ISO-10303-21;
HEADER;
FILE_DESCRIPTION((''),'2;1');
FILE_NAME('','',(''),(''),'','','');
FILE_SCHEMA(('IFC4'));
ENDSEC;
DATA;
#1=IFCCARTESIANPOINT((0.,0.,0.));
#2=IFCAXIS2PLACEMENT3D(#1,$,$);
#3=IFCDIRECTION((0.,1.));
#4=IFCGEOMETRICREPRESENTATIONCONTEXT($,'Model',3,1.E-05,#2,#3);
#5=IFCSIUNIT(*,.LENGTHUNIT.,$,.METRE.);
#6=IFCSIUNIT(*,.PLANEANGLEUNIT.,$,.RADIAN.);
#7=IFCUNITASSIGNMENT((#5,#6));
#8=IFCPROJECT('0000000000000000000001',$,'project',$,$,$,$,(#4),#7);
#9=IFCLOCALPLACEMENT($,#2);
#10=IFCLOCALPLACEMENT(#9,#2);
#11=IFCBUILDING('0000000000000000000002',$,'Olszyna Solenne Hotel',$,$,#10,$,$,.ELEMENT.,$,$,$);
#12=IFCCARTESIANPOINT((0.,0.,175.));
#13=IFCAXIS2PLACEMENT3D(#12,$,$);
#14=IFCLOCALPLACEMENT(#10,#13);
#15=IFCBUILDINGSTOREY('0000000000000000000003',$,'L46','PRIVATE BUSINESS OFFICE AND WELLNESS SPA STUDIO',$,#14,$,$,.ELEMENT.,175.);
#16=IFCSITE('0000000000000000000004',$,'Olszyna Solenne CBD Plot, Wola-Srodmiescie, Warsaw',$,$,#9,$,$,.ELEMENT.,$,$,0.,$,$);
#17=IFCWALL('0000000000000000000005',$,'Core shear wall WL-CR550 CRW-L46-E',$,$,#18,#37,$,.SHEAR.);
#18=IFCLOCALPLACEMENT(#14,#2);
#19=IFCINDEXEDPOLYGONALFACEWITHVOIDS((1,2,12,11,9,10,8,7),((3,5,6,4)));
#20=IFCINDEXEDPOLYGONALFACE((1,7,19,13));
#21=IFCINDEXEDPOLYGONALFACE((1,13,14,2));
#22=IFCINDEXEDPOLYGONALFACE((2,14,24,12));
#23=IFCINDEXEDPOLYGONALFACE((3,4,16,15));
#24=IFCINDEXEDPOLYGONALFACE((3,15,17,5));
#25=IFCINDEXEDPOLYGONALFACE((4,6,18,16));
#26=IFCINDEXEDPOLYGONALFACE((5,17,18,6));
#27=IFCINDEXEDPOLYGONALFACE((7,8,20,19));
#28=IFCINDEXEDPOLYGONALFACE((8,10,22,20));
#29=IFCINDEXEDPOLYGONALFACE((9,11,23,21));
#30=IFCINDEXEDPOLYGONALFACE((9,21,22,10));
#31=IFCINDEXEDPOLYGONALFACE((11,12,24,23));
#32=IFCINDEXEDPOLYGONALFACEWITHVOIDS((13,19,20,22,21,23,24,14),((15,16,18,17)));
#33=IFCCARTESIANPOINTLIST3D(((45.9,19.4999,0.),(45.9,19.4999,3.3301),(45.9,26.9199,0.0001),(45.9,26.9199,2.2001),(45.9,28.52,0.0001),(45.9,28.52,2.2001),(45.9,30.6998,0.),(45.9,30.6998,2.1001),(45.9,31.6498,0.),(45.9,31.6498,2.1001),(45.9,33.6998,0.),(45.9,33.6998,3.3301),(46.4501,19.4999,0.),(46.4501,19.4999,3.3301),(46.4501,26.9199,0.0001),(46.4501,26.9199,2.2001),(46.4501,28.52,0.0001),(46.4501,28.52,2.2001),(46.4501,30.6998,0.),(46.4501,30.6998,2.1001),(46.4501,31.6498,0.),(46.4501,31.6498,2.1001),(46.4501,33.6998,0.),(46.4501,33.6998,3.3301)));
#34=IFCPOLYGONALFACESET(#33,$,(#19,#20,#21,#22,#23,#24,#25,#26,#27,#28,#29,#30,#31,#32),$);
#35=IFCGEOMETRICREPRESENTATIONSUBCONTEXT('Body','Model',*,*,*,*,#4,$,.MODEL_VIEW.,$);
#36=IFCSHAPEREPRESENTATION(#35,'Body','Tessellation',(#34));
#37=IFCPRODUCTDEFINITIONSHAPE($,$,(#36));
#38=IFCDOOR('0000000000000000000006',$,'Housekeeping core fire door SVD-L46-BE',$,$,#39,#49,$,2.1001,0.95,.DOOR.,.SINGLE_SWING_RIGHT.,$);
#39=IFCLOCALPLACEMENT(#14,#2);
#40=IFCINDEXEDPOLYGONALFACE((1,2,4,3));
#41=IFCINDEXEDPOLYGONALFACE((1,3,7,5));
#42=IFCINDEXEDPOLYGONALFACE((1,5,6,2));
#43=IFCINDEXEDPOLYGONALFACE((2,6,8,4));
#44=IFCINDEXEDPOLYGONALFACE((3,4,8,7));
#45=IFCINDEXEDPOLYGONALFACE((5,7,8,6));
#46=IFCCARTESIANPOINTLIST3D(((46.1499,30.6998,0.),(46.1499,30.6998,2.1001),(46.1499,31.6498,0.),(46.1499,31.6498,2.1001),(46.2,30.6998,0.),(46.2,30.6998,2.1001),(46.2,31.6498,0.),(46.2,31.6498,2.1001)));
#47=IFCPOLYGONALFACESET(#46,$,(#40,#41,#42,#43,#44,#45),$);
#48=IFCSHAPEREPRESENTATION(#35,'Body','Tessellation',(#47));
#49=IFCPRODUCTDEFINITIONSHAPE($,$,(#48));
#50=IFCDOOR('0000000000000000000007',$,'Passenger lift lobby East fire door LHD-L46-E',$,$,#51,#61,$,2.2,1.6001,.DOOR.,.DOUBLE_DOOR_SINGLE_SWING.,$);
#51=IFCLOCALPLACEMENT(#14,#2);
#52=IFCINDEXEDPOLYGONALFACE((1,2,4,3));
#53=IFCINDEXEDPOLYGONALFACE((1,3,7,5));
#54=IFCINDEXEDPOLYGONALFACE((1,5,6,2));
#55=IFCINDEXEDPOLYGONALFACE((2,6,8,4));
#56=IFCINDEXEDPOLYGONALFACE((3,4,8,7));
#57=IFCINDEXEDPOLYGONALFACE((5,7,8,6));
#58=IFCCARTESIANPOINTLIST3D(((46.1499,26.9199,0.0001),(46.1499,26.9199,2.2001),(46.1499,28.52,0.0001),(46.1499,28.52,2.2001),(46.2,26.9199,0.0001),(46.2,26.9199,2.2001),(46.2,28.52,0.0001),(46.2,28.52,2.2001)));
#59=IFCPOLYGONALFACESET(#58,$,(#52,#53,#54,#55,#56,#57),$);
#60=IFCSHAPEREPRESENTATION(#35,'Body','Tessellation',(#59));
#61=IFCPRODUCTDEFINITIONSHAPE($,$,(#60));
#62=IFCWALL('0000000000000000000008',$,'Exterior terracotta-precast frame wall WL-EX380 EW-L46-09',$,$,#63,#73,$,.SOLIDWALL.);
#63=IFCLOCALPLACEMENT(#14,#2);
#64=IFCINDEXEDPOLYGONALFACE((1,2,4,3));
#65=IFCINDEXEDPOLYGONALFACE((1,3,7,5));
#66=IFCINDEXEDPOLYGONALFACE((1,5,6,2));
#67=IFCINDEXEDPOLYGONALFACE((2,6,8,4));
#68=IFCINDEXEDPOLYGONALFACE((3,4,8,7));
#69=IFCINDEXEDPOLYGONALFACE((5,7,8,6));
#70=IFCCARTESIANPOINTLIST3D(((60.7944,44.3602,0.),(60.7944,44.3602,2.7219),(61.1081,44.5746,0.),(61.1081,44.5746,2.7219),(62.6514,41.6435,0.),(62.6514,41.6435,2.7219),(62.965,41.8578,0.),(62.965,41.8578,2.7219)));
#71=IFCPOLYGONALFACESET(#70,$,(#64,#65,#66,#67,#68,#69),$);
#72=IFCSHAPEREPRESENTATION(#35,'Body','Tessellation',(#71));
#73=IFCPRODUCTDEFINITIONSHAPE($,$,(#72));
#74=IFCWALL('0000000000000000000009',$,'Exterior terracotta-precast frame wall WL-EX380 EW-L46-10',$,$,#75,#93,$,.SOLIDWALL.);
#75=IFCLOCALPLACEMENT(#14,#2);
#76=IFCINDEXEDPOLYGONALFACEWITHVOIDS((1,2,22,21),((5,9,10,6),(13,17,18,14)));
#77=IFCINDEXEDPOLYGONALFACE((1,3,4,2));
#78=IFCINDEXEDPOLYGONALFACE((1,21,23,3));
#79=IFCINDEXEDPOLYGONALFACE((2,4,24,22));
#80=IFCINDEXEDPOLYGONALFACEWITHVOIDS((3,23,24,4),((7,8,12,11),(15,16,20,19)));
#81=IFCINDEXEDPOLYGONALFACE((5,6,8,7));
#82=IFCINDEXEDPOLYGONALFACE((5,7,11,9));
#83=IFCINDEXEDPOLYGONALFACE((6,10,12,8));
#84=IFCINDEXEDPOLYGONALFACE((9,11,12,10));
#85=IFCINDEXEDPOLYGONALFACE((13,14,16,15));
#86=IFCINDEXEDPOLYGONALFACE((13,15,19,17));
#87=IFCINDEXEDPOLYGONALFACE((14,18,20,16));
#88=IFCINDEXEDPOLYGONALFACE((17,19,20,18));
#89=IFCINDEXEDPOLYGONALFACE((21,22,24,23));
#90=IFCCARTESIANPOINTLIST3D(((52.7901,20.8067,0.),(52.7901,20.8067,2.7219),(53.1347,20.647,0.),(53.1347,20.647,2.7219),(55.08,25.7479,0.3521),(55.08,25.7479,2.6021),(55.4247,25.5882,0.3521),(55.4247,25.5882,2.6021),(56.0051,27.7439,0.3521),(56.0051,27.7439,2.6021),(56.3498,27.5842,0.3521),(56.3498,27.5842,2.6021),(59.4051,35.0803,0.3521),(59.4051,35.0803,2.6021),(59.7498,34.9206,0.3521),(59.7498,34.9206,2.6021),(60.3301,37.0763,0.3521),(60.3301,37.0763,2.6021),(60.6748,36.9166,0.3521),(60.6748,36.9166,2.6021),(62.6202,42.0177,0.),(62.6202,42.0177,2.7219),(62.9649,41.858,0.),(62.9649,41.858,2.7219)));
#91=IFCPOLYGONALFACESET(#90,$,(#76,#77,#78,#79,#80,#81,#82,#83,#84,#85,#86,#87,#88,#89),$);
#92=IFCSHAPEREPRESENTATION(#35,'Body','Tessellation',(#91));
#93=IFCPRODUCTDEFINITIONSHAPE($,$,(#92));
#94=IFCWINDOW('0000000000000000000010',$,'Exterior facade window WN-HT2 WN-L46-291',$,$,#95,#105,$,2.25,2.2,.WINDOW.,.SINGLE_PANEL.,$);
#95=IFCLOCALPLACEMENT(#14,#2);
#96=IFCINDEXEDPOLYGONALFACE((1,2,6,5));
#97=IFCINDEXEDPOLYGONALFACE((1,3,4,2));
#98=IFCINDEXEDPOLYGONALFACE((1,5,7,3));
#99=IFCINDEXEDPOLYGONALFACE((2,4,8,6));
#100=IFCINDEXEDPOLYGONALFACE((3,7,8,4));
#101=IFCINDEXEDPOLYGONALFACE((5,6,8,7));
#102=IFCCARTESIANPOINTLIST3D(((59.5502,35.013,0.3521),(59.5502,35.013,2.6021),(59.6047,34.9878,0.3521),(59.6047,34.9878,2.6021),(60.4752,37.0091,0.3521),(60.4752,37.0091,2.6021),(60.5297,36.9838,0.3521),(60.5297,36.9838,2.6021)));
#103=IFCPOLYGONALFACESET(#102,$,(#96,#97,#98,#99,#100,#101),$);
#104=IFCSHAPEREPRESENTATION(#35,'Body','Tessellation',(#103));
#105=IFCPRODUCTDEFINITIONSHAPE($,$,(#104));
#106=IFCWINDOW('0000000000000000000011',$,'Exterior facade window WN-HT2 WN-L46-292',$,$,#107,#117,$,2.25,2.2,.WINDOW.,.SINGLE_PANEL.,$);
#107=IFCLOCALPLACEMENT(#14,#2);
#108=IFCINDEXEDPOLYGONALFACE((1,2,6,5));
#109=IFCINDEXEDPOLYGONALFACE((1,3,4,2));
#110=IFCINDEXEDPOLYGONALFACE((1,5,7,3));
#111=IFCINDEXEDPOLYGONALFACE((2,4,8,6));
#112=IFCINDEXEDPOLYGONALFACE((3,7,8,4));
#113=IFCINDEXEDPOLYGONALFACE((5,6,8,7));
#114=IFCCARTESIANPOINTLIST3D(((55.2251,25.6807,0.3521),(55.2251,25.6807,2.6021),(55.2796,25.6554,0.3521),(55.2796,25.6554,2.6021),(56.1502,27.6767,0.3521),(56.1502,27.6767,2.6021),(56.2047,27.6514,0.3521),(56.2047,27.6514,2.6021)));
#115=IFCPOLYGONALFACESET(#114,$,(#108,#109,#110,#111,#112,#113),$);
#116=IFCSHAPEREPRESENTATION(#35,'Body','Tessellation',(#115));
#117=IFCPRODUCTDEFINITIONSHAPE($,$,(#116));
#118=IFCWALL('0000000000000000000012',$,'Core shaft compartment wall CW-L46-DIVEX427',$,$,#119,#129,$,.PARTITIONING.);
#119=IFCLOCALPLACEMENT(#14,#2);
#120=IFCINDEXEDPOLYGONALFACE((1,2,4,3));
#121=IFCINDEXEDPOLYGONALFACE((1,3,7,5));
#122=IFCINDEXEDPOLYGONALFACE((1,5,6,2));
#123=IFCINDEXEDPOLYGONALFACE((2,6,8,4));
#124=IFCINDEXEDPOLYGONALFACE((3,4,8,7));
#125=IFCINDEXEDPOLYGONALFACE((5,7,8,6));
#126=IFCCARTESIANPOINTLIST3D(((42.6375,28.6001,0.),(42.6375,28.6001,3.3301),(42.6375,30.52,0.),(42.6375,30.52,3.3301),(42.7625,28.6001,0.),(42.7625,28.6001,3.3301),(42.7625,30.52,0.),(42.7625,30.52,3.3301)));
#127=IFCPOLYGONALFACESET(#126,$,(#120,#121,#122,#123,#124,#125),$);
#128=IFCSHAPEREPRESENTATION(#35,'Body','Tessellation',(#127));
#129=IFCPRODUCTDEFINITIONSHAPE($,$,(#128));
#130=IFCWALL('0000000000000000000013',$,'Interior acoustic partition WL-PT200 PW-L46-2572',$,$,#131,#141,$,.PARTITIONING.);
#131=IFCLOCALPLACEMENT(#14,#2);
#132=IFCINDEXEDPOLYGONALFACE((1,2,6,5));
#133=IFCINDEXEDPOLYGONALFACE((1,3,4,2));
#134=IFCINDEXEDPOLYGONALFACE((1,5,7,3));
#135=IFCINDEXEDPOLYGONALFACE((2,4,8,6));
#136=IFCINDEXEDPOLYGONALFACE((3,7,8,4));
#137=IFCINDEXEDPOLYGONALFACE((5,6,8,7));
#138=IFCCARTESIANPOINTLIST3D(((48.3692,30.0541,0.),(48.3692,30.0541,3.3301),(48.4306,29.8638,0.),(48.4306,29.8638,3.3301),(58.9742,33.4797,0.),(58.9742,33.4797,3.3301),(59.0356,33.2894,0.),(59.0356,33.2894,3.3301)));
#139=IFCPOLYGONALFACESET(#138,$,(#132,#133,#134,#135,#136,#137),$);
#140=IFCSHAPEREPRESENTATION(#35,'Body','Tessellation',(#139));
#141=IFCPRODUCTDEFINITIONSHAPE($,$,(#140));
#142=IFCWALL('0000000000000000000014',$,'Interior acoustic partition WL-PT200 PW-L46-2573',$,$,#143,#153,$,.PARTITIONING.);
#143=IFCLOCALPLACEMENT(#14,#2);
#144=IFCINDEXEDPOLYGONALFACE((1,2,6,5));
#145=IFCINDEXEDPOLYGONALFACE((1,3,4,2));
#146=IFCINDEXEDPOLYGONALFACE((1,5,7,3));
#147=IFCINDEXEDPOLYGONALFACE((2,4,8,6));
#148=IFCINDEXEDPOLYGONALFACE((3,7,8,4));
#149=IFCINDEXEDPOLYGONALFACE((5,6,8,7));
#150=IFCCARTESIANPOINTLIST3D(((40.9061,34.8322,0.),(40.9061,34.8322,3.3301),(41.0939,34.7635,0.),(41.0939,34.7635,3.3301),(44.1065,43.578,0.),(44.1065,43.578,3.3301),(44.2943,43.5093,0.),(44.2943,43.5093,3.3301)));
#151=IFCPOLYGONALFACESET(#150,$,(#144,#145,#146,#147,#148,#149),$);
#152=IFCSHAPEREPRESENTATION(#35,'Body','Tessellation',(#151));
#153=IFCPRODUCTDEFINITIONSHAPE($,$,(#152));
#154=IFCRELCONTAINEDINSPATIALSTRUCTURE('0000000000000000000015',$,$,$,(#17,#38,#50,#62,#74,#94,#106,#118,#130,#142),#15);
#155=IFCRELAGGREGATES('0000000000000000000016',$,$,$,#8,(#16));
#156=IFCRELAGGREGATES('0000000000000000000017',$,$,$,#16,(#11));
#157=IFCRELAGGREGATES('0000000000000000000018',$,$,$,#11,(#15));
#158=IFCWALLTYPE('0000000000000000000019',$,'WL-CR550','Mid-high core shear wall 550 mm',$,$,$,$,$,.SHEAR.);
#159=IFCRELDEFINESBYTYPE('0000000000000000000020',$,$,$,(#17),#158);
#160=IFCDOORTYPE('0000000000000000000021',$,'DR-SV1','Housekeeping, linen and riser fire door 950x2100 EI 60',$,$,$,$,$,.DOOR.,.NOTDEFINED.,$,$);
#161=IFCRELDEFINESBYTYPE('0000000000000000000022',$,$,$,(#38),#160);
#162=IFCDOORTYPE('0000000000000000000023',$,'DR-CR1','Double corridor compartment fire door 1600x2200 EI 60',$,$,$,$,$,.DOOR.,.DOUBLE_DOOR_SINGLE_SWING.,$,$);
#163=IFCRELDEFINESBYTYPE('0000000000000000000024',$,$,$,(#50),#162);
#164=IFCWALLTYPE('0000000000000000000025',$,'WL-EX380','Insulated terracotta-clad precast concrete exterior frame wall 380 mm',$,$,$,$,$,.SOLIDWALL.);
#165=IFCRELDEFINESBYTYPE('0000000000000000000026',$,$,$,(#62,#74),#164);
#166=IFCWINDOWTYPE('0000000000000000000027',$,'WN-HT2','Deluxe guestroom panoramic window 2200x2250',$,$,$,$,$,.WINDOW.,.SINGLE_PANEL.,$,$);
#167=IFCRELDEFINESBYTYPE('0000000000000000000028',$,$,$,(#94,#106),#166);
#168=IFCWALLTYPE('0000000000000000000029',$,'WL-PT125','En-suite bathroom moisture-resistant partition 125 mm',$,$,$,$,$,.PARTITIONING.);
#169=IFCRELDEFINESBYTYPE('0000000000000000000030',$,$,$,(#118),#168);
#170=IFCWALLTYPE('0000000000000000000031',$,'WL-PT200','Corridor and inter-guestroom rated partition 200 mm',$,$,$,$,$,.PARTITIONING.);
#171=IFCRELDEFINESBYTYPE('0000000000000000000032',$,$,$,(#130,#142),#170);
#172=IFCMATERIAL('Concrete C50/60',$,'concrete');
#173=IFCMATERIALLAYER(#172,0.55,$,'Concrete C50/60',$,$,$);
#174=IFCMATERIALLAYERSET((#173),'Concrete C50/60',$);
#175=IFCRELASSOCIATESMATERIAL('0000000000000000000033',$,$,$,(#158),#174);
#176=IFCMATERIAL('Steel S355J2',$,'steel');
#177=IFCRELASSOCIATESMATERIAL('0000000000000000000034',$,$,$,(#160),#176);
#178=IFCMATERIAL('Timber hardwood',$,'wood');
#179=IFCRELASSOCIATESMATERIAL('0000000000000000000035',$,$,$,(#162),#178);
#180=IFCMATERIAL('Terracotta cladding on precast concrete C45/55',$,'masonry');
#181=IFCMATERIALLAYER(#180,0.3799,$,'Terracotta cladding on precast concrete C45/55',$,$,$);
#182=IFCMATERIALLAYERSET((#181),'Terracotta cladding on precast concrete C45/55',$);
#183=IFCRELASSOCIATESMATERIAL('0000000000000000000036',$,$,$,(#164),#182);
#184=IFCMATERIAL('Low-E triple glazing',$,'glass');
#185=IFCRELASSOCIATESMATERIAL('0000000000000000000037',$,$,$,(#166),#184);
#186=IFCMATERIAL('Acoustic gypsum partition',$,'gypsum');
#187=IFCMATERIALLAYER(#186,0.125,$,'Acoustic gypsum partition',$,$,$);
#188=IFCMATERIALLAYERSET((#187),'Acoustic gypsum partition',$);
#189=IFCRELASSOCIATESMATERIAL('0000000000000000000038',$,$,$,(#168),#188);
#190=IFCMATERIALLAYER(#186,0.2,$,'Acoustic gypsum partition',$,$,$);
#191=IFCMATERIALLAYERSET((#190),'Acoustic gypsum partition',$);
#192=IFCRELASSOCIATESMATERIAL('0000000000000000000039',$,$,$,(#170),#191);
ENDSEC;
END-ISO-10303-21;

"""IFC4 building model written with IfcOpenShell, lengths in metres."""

from ifc_helpers import new_model, si_unit, direction, frame, frame_2d, origin, place, context, subcontext, project, spatial, rectangle, extrude, source, transform, mapped, material, layer, layer_set, type_object, type_shapes, element, fill, save


model = new_model("IFC4")

# Units and contexts
model_context = context("Model", 3, precision=1e-05, world=origin(), true_north=direction((0.0, 1.0)))
body_context = subcontext(model_context, "Body", "Model", "MODEL_VIEW")
ifc_project = project(units=[si_unit("LENGTHUNIT", "METRE"), si_unit("PLANEANGLEUNIT", "RADIAN")], contexts=[model_context])

# Site, building, storey
site_placement = place(None, origin())
site = spatial("IfcSite", under=ifc_project, at=site_placement, Name="Olszyna Solenne CBD Plot, Wola-Srodmiescie, Warsaw", CompositionType="ELEMENT", RefElevation=0.0)
building_placement = place(site_placement, origin())
building = spatial("IfcBuilding", under=site, at=building_placement, Name="Olszyna Solenne Hotel", CompositionType="ELEMENT")
storey_placement = place(building_placement, frame((0.0, 0.0, 175.0)))
storey = spatial("IfcBuildingStorey", under=building, at=storey_placement, Name="L46", Description="PRIVATE BUSINESS OFFICE AND WELLNESS SPA STUDIO", CompositionType="ELEMENT", Elevation=175.0)

# Shared definitions
ifc_material_1 = material(Name="Steel S355J2", Category="steel")

# Wall, openings, doors
ifc_material_2 = material(Name="Concrete C50/60", Category="concrete")
ifc_layer_1 = layer(ifc_material_2, 0.55, Name="Concrete C50/60")
ifc_layer_set_1 = layer_set([ifc_layer_1], Name="Concrete C50/60")
wall_type_1 = type_object("IfcWallType", Name="WL-CR550", Description="Mid-high core shear wall 550 mm", PredefinedType="SHEAR", material=ifc_layer_set_1)
wall_1_placement = place(storey_placement, frame((46.175, 33.7, 0.0), z_axis=(0.0, 0.0, 1.0), x_axis=(0.0, -1.0, 0.0)))
wall_1 = element("IfcWall", 1, at=wall_1_placement, inside=storey, type_object=wall_type_1, Name="Core shear wall WL-CR550 CRW-L46-E", PredefinedType="SHEAR", context=body_context, shape_type="SweptSolid", body=[
    extrude(rectangle(XDim=14.2, YDim=0.55, at=frame_2d((7.1001, 0.0))), origin(), (0.0, 0.0, 1.0), 3.3301),
])
opening_1_placement = place(wall_1_placement, frame((5.1799, 0.0, 0.0)))
opening_1 = element("IfcOpeningElement", 2, at=opening_1_placement, cuts=wall_1, PredefinedType="OPENING", context=body_context, shape_type="SweptSolid", body=[
    extrude(rectangle(XDim=1.6001, YDim=2.2, at=frame_2d((0.8, 1.1001))), frame((0.0, 0.2852, 0.0), z_axis=(0.0, -1.0, 0.0), x_axis=(1.0, 0.0, 0.0)), (0.0, 0.0, 1.0), 0.5701),
])
opening_2_placement = place(wall_1_placement, frame((2.05, 0.0, 0.0)))
opening_2 = element("IfcOpeningElement", 3, at=opening_2_placement, cuts=wall_1, PredefinedType="OPENING", context=body_context, shape_type="SweptSolid", body=[
    extrude(rectangle(XDim=0.95, YDim=2.1001, at=frame_2d((0.4751, 1.05))), frame((0.0, 0.2852, 0.0), z_axis=(0.0, -1.0, 0.0), x_axis=(1.0, 0.0, 0.0)), (0.0, 0.0, 1.0), 0.5701),
])
door_type_1 = type_object("IfcDoorType", Name="DR-SV1", Description="Housekeeping, linen and riser fire door 950x2100 EI 60", OperationType="NOTDEFINED", PredefinedType="DOOR", material=ifc_material_1)
shared_shape_1 = source(origin(), body_context, "Body", "SweptSolid", [
    extrude(rectangle(XDim=0.95, YDim=2.1001, at=frame_2d((0.4751, 1.05))), frame((0.0, 0.0249, 0.0), z_axis=(0.0, -1.0, 0.0), x_axis=(1.0, 0.0, 0.0)), (0.0, 0.0, 1.0), 0.05),
])
type_shapes(door_type_1, [shared_shape_1])
door_1_placement = place(opening_2_placement, origin())
door_1 = element("IfcDoor", 4, at=door_1_placement, inside=storey, type_object=door_type_1, Name="Housekeeping core fire door SVD-L46-BE", OperationType="SINGLE_SWING_RIGHT", OverallHeight=2.1001, OverallWidth=0.95, PredefinedType="DOOR", context=body_context, shape_type="MappedRepresentation", body=[
    mapped(shared_shape_1, transform((0.0, 0.0, 0.0), x_axis=(1.0, 0.0, 0.0), y_axis=(0.0, 1.0, 0.0), z_axis=(0.0, 0.0, 1.0), scale=1.0)),
])
fill(opening_2, door_1)
ifc_material_3 = material(Name="Timber hardwood", Category="wood")
door_type_2 = type_object("IfcDoorType", Name="DR-CR1", Description="Double corridor compartment fire door 1600x2200 EI 60", OperationType="DOUBLE_DOOR_SINGLE_SWING", PredefinedType="DOOR", material=ifc_material_3)
shared_shape_2 = source(origin(), body_context, "Body", "SweptSolid", [
    extrude(rectangle(XDim=1.6001, YDim=2.2, at=frame_2d((0.8, 1.1001))), frame((0.0, 0.0249, 0.0), z_axis=(0.0, -1.0, 0.0), x_axis=(1.0, 0.0, 0.0)), (0.0, 0.0, 1.0), 0.05),
])
type_shapes(door_type_2, [shared_shape_2])
door_2_placement = place(opening_1_placement, origin())
door_2 = element("IfcDoor", 5, at=door_2_placement, inside=storey, type_object=door_type_2, Name="Passenger lift lobby East fire door LHD-L46-E", OperationType="DOUBLE_DOOR_SINGLE_SWING", OverallHeight=2.2, OverallWidth=1.6001, PredefinedType="DOOR", context=body_context, shape_type="MappedRepresentation", body=[
    mapped(shared_shape_2, transform((0.0, 0.0, 0.0), x_axis=(1.0, 0.0, 0.0), y_axis=(0.0, 1.0, 0.0), z_axis=(0.0, 0.0, 1.0), scale=1.0)),
])
fill(opening_1, door_2)

# Wall
ifc_material_4 = material(Name="Terracotta cladding on precast concrete C45/55", Category="masonry")
ifc_layer_2 = layer(ifc_material_4, 0.3799, Name="Terracotta cladding on precast concrete C45/55")
ifc_layer_set_2 = layer_set([ifc_layer_2], Name="Terracotta cladding on precast concrete C45/55")
wall_type_2 = type_object("IfcWallType", Name="WL-EX380", Description="Insulated terracotta-clad precast concrete exterior frame wall 380 mm", PredefinedType="SOLIDWALL", material=ifc_layer_set_2)
wall_2_placement = place(storey_placement, frame((60.9512, 44.4675, 0.0), z_axis=(0.0, 0.0, 1.0), x_axis=(0.564285, -0.82558, 0.0)))
element("IfcWall", 6, at=wall_2_placement, inside=storey, type_object=wall_type_2, Name="Exterior terracotta-precast frame wall WL-EX380 EW-L46-09", PredefinedType="SOLIDWALL", context=body_context, shape_type="SweptSolid", body=[
    extrude(rectangle(XDim=3.2908, YDim=0.3799, at=frame_2d((1.6455, 0.0))), origin(), (0.0, 0.0, 1.0), 2.7219),
])

# Wall, openings, windows
wall_3_placement = place(storey_placement, frame((62.7925, 41.9377, 0.0), z_axis=(0.0, 0.0, 1.0), x_axis=(-0.420483, -0.907301, 0.0)))
wall_3 = element("IfcWall", 7, at=wall_3_placement, inside=storey, type_object=wall_type_2, Name="Exterior terracotta-precast frame wall WL-EX380 EW-L46-10", PredefinedType="SOLIDWALL", context=body_context, shape_type="SweptSolid", body=[
    extrude(rectangle(XDim=23.3782, YDim=0.3799, at=frame_2d((11.689, 0.0))), origin(), (0.0, 0.0, 1.0), 2.7219),
])
opening_3_placement = place(wall_3_placement, frame((5.446, 0.0, 0.3521)))
opening_3 = element("IfcOpeningElement", 8, at=opening_3_placement, cuts=wall_3, PredefinedType="OPENING", context=body_context, shape_type="SweptSolid", body=[
    extrude(rectangle(XDim=2.2, YDim=2.25, at=frame_2d((1.1001, 1.125))), frame((0.0, 0.2, 0.0), z_axis=(0.0, -1.0, 0.0), x_axis=(1.0, 0.0, 0.0)), (0.0, 0.0, 1.0), 0.3999),
])
opening_4_placement = place(wall_3_placement, frame((15.7319, 0.0, 0.3521)))
opening_4 = element("IfcOpeningElement", 9, at=opening_4_placement, cuts=wall_3, PredefinedType="OPENING", context=body_context, shape_type="SweptSolid", body=[
    extrude(rectangle(XDim=2.2, YDim=2.25, at=frame_2d((1.1001, 1.125))), frame((0.0, 0.2, 0.0), z_axis=(0.0, -1.0, 0.0), x_axis=(1.0, 0.0, 0.0)), (0.0, 0.0, 1.0), 0.3999),
])
ifc_material_5 = material(Name="Low-E triple glazing", Category="glass")
window_type = type_object("IfcWindowType", Name="WN-HT2", Description="Deluxe guestroom panoramic window 2200x2250", PartitioningType="SINGLE_PANEL", PredefinedType="WINDOW", material=ifc_material_5)
shared_shape_3 = source(origin(), body_context, "Body", "SweptSolid", [
    extrude(rectangle(XDim=2.2, YDim=2.25, at=frame_2d((1.1001, 1.125))), frame((0.0, 0.03, 0.0), z_axis=(0.0, -1.0, 0.0), x_axis=(1.0, 0.0, 0.0)), (0.0, 0.0, 1.0), 0.0601),
])
type_shapes(window_type, [shared_shape_3])
window_1_placement = place(opening_3_placement, origin())
window_1 = element("IfcWindow", 10, at=window_1_placement, inside=storey, type_object=window_type, Name="Exterior facade window WN-HT2 WN-L46-291", OverallHeight=2.25, OverallWidth=2.2, PartitioningType="SINGLE_PANEL", PredefinedType="WINDOW", context=body_context, shape_type="MappedRepresentation", body=[
    mapped(shared_shape_3, transform((0.0, 0.0, 0.0), x_axis=(1.0, 0.0, 0.0), y_axis=(0.0, 1.0, 0.0), z_axis=(0.0, 0.0, 1.0), scale=1.0)),
])
fill(opening_3, window_1)
window_2_placement = place(opening_4_placement, origin())
window_2 = element("IfcWindow", 11, at=window_2_placement, inside=storey, type_object=window_type, Name="Exterior facade window WN-HT2 WN-L46-292", OverallHeight=2.25, OverallWidth=2.2, PartitioningType="SINGLE_PANEL", PredefinedType="WINDOW", context=body_context, shape_type="MappedRepresentation", body=[
    mapped(shared_shape_3, transform((0.0, 0.0, 0.0), x_axis=(1.0, 0.0, 0.0), y_axis=(0.0, 1.0, 0.0), z_axis=(0.0, 0.0, 1.0), scale=1.0)),
])
fill(opening_4, window_2)

# Walls
ifc_material_6 = material(Name="Acoustic gypsum partition", Category="gypsum")
ifc_layer_3 = layer(ifc_material_6, 0.125, Name="Acoustic gypsum partition")
ifc_layer_set_3 = layer_set([ifc_layer_3], Name="Acoustic gypsum partition")
wall_type_3 = type_object("IfcWallType", Name="WL-PT125", Description="En-suite bathroom moisture-resistant partition 125 mm", PredefinedType="PARTITIONING", material=ifc_layer_set_3)
wall_4_placement = place(storey_placement, frame((42.7, 28.6001, 0.0), z_axis=(0.0, 0.0, 1.0), x_axis=(0.0, 1.0, 0.0)))
element("IfcWall", 12, at=wall_4_placement, inside=storey, type_object=wall_type_3, Name="Core shaft compartment wall CW-L46-DIVEX427", PredefinedType="PARTITIONING", context=body_context, shape_type="SweptSolid", body=[
    extrude(rectangle(XDim=1.9199, YDim=0.125, at=frame_2d((0.96, 0.0))), origin(), (0.0, 0.0, 1.0), 3.3301),
])
ifc_layer_4 = layer(ifc_material_6, 0.2, Name="Acoustic gypsum partition")
ifc_layer_set_4 = layer_set([ifc_layer_4], Name="Acoustic gypsum partition")
wall_type_4 = type_object("IfcWallType", Name="WL-PT200", Description="Corridor and inter-guestroom rated partition 200 mm", PredefinedType="PARTITIONING", material=ifc_layer_set_4)
wall_5_placement = place(storey_placement, frame((48.3999, 29.959, 0.0), z_axis=(0.0, 0.0, 1.0), x_axis=(0.951589, 0.307375, 0.0)))
element("IfcWall", 13, at=wall_5_placement, inside=storey, type_object=wall_type_4, Name="Interior acoustic partition WL-PT200 PW-L46-2572", PredefinedType="PARTITIONING", context=body_context, shape_type="SweptSolid", body=[
    extrude(rectangle(XDim=11.1445, YDim=0.2, at=frame_2d((5.5723, 0.0))), origin(), (0.0, 0.0, 1.0), 3.3301),
])
wall_6_placement = place(storey_placement, frame((41.0, 34.7979, 0.0), z_axis=(0.0, 0.0, 1.0), x_axis=(0.343651, 0.939097, 0.0)))
element("IfcWall", 14, at=wall_6_placement, inside=storey, type_object=wall_type_4, Name="Interior acoustic partition WL-PT200 PW-L46-2573", PredefinedType="PARTITIONING", context=body_context, shape_type="SweptSolid", body=[
    extrude(rectangle(XDim=9.313, YDim=0.2, at=frame_2d((4.6565, 0.0))), origin(), (0.0, 0.0, 1.0), 3.3301),
])

save(model, "model.ifc")
